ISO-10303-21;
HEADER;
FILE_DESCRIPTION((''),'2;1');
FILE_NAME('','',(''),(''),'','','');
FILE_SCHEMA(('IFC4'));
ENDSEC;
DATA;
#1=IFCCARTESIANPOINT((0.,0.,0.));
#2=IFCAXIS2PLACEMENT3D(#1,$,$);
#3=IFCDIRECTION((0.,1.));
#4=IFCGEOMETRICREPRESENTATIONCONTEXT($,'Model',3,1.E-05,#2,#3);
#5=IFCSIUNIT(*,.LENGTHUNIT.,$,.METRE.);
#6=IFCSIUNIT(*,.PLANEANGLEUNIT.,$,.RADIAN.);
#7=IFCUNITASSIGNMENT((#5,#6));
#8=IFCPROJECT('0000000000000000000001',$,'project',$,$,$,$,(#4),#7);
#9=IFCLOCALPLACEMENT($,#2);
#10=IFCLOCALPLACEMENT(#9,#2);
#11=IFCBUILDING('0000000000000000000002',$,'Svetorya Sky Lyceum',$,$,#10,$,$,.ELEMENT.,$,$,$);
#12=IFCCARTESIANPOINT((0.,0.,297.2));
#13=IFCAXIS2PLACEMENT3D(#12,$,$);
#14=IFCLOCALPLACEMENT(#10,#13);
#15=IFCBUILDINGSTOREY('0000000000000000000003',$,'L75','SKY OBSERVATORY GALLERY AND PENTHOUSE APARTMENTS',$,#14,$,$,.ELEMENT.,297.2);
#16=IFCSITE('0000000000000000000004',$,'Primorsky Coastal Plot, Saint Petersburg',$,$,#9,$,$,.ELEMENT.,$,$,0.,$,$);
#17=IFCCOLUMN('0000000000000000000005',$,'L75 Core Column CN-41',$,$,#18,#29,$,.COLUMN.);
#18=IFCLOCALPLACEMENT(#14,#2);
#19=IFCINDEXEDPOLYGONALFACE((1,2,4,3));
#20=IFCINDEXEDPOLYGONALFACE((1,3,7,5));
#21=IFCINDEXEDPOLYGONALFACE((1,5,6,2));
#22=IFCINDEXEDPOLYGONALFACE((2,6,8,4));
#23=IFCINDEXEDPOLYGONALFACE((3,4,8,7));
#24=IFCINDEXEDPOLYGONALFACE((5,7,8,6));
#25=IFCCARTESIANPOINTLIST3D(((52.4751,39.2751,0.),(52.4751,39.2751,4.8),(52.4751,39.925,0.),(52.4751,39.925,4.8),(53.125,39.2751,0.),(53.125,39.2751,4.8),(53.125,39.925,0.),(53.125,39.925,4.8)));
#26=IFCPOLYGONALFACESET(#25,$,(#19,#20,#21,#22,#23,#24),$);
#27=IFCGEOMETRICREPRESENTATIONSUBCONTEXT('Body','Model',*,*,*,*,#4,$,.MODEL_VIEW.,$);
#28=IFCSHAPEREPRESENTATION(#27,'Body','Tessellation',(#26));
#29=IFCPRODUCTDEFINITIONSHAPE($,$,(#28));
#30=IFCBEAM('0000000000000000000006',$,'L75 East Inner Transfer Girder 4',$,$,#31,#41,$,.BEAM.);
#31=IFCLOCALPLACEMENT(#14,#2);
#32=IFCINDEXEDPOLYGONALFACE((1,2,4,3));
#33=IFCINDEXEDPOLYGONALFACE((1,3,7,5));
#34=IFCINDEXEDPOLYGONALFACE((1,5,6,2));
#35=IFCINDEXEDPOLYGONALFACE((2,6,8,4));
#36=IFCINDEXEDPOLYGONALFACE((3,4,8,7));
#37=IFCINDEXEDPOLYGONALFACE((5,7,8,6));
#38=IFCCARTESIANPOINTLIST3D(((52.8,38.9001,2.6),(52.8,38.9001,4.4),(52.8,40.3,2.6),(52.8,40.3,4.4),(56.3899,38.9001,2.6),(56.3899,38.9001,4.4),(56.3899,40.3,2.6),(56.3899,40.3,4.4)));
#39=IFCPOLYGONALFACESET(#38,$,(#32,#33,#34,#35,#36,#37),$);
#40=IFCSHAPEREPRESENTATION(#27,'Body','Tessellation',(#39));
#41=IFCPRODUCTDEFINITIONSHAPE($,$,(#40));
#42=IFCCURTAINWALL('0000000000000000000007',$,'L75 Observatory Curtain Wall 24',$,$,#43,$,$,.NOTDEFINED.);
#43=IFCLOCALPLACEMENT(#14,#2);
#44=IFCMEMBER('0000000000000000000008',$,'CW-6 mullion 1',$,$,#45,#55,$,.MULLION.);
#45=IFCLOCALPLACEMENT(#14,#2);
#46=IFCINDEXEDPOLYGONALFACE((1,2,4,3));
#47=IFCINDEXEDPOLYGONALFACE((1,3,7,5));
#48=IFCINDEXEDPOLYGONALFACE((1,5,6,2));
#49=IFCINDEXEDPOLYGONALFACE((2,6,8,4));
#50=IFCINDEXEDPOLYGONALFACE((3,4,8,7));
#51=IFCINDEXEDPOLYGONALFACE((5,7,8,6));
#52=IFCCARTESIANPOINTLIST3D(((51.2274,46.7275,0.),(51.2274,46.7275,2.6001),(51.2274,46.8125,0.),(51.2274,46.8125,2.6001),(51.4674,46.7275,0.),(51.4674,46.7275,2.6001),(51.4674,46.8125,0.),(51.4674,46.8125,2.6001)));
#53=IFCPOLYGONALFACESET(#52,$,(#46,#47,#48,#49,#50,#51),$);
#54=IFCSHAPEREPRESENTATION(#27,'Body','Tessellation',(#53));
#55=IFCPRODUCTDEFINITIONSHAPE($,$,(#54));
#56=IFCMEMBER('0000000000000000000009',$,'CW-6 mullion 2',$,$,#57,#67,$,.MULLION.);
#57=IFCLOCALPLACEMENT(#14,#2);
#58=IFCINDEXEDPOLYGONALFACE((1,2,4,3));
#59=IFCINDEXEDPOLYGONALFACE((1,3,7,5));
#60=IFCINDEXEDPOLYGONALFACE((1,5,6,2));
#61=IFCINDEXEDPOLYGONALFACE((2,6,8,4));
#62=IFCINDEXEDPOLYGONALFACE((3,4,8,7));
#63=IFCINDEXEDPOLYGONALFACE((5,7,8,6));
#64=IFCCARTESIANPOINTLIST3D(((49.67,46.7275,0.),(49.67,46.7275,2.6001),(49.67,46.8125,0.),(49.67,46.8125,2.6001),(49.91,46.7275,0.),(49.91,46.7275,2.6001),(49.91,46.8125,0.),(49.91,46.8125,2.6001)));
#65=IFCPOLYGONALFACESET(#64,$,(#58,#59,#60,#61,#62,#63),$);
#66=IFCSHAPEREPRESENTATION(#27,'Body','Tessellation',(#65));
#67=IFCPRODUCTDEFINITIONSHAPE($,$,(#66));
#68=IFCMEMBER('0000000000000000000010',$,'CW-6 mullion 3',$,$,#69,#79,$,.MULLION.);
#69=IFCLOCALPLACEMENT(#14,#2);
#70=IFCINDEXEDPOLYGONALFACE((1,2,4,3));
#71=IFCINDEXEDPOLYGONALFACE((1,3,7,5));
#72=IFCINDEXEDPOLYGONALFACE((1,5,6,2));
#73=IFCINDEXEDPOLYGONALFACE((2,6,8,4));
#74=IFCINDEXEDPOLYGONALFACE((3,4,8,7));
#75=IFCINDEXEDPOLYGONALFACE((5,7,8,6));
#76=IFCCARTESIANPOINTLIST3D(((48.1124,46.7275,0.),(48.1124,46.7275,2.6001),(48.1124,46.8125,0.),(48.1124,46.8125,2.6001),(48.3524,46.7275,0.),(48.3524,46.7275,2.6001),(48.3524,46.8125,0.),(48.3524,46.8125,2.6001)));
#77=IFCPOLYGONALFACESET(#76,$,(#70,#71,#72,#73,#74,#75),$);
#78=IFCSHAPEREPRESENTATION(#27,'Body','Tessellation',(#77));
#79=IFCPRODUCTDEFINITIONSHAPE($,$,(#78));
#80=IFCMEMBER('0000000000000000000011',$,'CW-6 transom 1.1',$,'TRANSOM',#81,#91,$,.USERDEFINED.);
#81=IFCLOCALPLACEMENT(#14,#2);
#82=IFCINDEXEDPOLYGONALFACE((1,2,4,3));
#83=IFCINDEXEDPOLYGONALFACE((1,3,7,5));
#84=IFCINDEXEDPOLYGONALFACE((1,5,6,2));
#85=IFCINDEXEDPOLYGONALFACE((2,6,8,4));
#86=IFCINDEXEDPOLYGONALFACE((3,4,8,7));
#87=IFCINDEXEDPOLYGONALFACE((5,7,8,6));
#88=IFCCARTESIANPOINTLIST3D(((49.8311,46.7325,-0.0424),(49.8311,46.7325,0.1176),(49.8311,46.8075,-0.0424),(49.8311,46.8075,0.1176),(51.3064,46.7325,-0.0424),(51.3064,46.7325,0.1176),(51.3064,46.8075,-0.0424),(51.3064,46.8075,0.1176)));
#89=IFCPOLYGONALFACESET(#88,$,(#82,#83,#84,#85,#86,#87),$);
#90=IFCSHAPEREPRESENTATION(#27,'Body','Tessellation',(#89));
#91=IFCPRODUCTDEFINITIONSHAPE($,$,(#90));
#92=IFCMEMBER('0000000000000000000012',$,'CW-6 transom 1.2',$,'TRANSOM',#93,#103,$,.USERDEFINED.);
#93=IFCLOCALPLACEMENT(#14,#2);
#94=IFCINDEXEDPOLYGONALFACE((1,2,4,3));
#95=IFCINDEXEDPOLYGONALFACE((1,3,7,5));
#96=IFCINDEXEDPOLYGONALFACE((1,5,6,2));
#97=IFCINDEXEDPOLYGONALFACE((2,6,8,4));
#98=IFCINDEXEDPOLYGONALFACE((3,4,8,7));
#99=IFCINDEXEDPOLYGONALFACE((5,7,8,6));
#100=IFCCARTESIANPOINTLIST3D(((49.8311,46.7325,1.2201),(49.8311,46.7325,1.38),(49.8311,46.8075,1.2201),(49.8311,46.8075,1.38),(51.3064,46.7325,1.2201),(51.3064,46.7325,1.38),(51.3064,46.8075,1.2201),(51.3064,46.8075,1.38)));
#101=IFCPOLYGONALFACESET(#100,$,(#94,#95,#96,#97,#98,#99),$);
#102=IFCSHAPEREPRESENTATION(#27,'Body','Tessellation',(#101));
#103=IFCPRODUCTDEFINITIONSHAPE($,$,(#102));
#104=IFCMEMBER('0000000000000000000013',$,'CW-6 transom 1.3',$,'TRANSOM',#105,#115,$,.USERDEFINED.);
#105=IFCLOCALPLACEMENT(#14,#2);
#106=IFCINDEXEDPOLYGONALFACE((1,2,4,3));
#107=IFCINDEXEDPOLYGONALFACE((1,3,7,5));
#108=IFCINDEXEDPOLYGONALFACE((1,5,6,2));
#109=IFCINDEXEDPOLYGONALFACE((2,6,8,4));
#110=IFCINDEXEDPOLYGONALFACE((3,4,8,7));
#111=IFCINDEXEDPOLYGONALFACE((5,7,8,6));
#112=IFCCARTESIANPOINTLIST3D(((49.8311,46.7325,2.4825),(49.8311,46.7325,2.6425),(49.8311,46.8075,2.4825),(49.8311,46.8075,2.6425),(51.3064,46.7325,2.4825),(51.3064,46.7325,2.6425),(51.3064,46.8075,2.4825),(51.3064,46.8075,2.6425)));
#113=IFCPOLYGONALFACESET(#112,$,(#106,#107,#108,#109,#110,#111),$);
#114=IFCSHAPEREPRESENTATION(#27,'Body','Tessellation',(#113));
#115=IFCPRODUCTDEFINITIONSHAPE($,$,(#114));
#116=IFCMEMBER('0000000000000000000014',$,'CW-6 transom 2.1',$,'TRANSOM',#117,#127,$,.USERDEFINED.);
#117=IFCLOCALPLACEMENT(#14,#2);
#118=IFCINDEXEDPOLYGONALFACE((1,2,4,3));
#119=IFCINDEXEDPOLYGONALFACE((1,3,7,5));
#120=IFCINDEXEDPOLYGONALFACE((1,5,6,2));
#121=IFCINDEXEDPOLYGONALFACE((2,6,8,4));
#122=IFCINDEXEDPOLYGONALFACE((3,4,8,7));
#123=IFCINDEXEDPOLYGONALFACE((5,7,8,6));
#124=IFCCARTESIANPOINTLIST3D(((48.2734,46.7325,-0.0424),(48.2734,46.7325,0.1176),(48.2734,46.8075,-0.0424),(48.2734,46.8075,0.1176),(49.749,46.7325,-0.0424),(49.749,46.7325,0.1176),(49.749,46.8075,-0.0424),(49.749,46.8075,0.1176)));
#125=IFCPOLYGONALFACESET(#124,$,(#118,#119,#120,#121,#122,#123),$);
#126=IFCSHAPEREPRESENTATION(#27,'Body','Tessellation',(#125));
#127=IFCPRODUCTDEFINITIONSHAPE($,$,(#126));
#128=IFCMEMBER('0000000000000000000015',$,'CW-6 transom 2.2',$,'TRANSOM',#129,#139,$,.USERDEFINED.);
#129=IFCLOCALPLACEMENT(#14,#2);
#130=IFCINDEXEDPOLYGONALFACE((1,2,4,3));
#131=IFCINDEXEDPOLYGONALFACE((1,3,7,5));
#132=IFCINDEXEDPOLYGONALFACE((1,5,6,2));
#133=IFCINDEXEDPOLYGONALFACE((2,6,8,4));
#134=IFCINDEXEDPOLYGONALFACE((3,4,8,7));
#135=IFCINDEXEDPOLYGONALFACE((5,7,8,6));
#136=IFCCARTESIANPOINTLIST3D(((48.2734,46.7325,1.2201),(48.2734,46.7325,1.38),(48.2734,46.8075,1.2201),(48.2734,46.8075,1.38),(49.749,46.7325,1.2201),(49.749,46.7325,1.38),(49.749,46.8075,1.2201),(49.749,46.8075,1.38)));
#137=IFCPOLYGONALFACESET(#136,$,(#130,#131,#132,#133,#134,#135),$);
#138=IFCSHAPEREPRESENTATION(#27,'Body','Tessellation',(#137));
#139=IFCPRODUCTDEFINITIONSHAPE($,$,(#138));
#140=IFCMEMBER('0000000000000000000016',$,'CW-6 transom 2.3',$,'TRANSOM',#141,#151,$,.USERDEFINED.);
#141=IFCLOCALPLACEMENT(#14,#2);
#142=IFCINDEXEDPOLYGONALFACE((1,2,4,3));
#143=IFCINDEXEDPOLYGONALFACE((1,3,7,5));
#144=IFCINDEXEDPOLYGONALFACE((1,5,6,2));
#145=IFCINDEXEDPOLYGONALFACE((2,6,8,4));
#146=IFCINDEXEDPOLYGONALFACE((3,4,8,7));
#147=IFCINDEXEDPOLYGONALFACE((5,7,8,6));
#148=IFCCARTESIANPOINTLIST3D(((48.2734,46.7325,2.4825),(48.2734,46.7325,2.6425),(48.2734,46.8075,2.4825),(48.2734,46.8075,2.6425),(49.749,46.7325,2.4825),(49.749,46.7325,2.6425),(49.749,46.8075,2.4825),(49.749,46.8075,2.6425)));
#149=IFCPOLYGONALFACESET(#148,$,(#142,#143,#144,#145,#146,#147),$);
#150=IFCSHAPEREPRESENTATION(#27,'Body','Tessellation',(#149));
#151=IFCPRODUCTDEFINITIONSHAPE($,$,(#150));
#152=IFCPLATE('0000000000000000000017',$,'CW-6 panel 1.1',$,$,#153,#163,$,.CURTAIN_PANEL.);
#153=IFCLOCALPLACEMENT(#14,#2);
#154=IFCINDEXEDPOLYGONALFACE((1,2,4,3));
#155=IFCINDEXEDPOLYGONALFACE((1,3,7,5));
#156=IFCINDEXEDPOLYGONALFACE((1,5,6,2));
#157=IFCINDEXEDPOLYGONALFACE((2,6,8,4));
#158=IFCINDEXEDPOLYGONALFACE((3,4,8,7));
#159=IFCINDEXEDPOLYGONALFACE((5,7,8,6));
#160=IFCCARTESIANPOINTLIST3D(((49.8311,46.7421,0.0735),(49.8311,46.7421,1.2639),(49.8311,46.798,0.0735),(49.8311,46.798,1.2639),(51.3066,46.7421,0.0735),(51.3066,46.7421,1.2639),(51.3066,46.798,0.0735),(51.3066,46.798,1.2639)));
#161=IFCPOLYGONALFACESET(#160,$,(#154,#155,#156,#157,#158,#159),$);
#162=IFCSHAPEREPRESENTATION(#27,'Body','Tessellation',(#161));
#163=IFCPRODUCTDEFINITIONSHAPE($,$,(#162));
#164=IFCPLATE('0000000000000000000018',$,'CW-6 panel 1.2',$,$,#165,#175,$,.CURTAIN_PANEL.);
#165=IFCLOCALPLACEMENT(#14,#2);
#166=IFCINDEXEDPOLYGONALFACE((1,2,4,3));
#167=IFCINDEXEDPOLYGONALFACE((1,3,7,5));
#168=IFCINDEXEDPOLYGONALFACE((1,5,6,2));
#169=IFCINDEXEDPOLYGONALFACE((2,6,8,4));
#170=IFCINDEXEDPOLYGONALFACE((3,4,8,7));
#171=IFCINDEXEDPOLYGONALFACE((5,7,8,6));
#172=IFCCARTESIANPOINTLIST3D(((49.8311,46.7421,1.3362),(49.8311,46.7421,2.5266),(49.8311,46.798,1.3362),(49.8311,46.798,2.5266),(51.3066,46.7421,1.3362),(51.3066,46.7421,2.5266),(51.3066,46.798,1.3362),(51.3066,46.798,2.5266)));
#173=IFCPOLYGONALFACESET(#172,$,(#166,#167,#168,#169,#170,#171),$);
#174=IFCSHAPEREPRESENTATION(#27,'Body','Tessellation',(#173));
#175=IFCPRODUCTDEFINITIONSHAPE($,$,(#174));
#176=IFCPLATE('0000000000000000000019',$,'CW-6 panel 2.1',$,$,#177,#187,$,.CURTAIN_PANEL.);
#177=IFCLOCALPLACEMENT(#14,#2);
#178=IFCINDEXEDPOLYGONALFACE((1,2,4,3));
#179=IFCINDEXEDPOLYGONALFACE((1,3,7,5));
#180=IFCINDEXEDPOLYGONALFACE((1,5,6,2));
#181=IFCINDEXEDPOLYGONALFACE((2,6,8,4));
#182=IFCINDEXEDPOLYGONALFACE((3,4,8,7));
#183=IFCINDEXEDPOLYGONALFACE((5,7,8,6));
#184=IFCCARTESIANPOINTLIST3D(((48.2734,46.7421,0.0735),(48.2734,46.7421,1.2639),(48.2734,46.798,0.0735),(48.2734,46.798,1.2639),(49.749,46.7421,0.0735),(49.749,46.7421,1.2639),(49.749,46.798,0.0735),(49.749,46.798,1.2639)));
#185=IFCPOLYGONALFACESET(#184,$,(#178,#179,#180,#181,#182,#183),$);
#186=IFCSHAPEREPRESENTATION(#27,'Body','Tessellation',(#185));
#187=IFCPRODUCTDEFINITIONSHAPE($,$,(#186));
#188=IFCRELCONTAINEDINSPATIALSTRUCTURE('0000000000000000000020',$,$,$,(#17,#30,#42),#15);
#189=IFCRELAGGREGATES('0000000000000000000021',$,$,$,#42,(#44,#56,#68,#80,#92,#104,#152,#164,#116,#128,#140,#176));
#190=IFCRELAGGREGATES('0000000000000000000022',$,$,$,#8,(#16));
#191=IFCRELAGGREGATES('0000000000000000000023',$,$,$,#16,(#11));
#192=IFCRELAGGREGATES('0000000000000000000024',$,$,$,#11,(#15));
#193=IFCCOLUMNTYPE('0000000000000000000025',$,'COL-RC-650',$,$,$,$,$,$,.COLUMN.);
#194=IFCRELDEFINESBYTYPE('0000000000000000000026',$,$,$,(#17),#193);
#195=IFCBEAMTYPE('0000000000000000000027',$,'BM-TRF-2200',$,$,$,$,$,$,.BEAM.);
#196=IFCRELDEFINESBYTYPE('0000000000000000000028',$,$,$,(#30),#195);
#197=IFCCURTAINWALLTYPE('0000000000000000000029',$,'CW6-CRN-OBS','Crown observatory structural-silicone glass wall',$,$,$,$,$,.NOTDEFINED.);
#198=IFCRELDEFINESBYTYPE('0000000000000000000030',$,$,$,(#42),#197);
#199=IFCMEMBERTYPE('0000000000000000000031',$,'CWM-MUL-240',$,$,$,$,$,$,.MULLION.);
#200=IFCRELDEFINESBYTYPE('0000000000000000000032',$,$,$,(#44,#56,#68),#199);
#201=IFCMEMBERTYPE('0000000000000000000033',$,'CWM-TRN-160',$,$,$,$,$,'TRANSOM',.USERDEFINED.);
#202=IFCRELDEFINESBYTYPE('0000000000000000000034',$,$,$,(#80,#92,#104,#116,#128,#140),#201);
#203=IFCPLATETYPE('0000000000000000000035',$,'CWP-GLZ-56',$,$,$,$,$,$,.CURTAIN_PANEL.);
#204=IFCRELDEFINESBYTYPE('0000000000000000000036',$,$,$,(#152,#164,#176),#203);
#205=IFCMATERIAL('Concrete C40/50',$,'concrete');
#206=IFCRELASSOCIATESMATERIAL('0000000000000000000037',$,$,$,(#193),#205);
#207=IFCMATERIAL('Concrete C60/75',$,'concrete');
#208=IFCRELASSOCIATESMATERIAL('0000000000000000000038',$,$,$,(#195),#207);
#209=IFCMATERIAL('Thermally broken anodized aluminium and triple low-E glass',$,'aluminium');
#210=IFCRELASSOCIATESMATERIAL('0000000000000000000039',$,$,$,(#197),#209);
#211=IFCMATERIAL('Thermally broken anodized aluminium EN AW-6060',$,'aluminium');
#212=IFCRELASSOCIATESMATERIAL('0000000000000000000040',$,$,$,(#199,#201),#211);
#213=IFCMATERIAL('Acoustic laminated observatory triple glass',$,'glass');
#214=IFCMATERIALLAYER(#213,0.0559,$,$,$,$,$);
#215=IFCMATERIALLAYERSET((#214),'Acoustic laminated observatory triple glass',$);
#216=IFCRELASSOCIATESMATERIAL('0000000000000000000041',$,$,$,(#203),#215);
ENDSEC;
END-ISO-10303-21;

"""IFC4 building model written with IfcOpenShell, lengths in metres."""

from ifc_helpers import new_model, si_unit, direction, frame, origin, origin_2d, place, context, subcontext, project, spatial, rectangle, extrude, material, layer, layer_set, material_profile, profile_set, type_object, element, aggregate, save


model = new_model("IFC4")

# Units and contexts
model_context = context("Model", 3, precision=1e-05, world=origin(), true_north=direction((0.0, 1.0)))
body_context = subcontext(model_context, "Body", "Model", "MODEL_VIEW")
ifc_project = project(units=[si_unit("LENGTHUNIT", "METRE"), si_unit("PLANEANGLEUNIT", "RADIAN")], contexts=[model_context])

# Site, building, storey
site_placement = place(None, origin())
site = spatial("IfcSite", under=ifc_project, at=site_placement, Name="Primorsky Coastal Plot, Saint Petersburg", CompositionType="ELEMENT", RefElevation=0.0)
building_placement = place(site_placement, origin())
building = spatial("IfcBuilding", under=site, at=building_placement, Name="Svetorya Sky Lyceum", CompositionType="ELEMENT")
storey_placement = place(building_placement, frame((0.0, 0.0, 297.2)))
storey = spatial("IfcBuildingStorey", under=building, at=storey_placement, Name="L75", Description="SKY OBSERVATORY GALLERY AND PENTHOUSE APARTMENTS", CompositionType="ELEMENT", Elevation=297.2)

# Column
ifc_material_1 = material(Name="Concrete C40/50", Category="concrete")
ifc_material_profile_1 = material_profile(ifc_material_1, rectangle(XDim=0.6499, YDim=0.6499, at=origin_2d()), Name="RC COL 650x650")
ifc_profile_set_1 = profile_set([ifc_material_profile_1], Name="Concrete C40/50")
column_type = type_object("IfcColumnType", Name="COL-RC-650", PredefinedType="COLUMN", material=ifc_profile_set_1)
column_placement = place(storey_placement, frame((52.8, 39.6001, 0.0), z_axis=(0.0, 0.0, 1.0), x_axis=(1.0, 0.0, 0.0)))
element("IfcColumn", 1, at=column_placement, inside=storey, type_object=column_type, Name="L75 Core Column CN-41", PredefinedType="COLUMN", context=body_context, shape_type="SweptSolid", body=[
    extrude(rectangle(XDim=0.6499, YDim=0.6499, at=origin_2d()), origin(), (0.0, 0.0, 1.0), 4.8),
])

# Beam
ifc_material_2 = material(Name="Concrete C60/75", Category="concrete")
ifc_material_profile_2 = material_profile(ifc_material_2, rectangle(XDim=1.3999, YDim=1.8, at=origin_2d()), Name="RC TRANSFER 1400x1800")
ifc_profile_set_2 = profile_set([ifc_material_profile_2], Name="Concrete C60/75")
beam_type = type_object("IfcBeamType", Name="BM-TRF-2200", PredefinedType="BEAM", material=ifc_profile_set_2)
beam_placement = place(storey_placement, frame((52.8, 39.6001, 3.5), z_axis=(1.0, 0.0, 0.0), x_axis=(0.0, 1.0, 0.0)))
element("IfcBeam", 2, at=beam_placement, inside=storey, type_object=beam_type, Name="L75 East Inner Transfer Girder 4", PredefinedType="BEAM", context=body_context, shape_type="SweptSolid", body=[
    extrude(rectangle(XDim=1.3999, YDim=1.8, at=origin_2d()), origin(), (0.0, 0.0, 1.0), 3.5898),
])

# Curtain wall, members, plates
ifc_material_3 = material(Name="Thermally broken anodized aluminium and triple low-E glass", Category="aluminium")
curtain_wall_type = type_object("IfcCurtainWallType", Name="CW6-CRN-OBS", Description="Crown observatory structural-silicone glass wall", PredefinedType="NOTDEFINED", material=ifc_material_3)
curtain_wall_placement = place(storey_placement, origin())
curtain_wall = element("IfcCurtainWall", 3, at=curtain_wall_placement, inside=storey, type_object=curtain_wall_type, Name="L75 Observatory Curtain Wall 24", PredefinedType="NOTDEFINED")
ifc_material_4 = material(Name="Thermally broken anodized aluminium EN AW-6060", Category="aluminium")
ifc_material_profile_3 = material_profile(ifc_material_4, rectangle(XDim=0.085, YDim=0.24, at=origin_2d()), Name="ALU MULLION 85x240")
ifc_profile_set_3 = profile_set([ifc_material_profile_3], Name="Thermally broken anodized aluminium EN AW-6060")
member_type_1 = type_object("IfcMemberType", Name="CWM-MUL-240", PredefinedType="MULLION", material=ifc_profile_set_3)
member_1_placement = place(storey_placement, frame((51.3474, 46.77, 0.0), z_axis=(0.0, 0.0, 1.0), x_axis=(0.0, -1.0, 0.0)))
member_1 = element("IfcMember", 4, at=member_1_placement, type_object=member_type_1, Name="CW-6 mullion 1", PredefinedType="MULLION", context=body_context, shape_type="SweptSolid", body=[
    extrude(rectangle(XDim=0.085, YDim=0.24, at=origin_2d()), origin(), (0.0, 0.0, 1.0), 2.6001),
])
member_2_placement = place(storey_placement, frame((49.79, 46.77, 0.0), z_axis=(0.0, 0.0, 1.0), x_axis=(0.0, -1.0, 0.0)))
member_2 = element("IfcMember", 5, at=member_2_placement, type_object=member_type_1, Name="CW-6 mullion 2", PredefinedType="MULLION", context=body_context, shape_type="SweptSolid", body=[
    extrude(rectangle(XDim=0.085, YDim=0.24, at=origin_2d()), origin(), (0.0, 0.0, 1.0), 2.6001),
])
member_3_placement = place(storey_placement, frame((48.2324, 46.77, 0.0), z_axis=(0.0, 0.0, 1.0), x_axis=(0.0, -1.0, 0.0)))
member_3 = element("IfcMember", 6, at=member_3_placement, type_object=member_type_1, Name="CW-6 mullion 3", PredefinedType="MULLION", context=body_context, shape_type="SweptSolid", body=[
    extrude(rectangle(XDim=0.085, YDim=0.24, at=origin_2d()), origin(), (0.0, 0.0, 1.0), 2.6001),
])
ifc_material_profile_4 = material_profile(ifc_material_4, rectangle(XDim=0.075, YDim=0.1599, at=origin_2d()), Name="ALU TRANSOM 75x160")
ifc_profile_set_4 = profile_set([ifc_material_profile_4], Name="Thermally broken anodized aluminium EN AW-6060")
member_type_2 = type_object("IfcMemberType", Name="CWM-TRN-160", ElementType="TRANSOM", PredefinedType="USERDEFINED", material=ifc_profile_set_4)
member_4_placement = place(storey_placement, frame((51.3064, 46.77, 0.0376), z_axis=(-1.0, 0.0, 0.0), x_axis=(0.0, -1.0, 0.0)))
member_4 = element("IfcMember", 7, at=member_4_placement, type_object=member_type_2, Name="CW-6 transom 1.1", ObjectType="TRANSOM", PredefinedType="USERDEFINED", context=body_context, shape_type="SweptSolid", body=[
    extrude(rectangle(XDim=0.075, YDim=0.1599, at=origin_2d()), origin(), (0.0, 0.0, 1.0), 1.4753),
])
member_5_placement = place(storey_placement, frame((51.3064, 46.77, 1.3), z_axis=(-1.0, 0.0, 0.0), x_axis=(0.0, -1.0, 0.0)))
member_5 = element("IfcMember", 8, at=member_5_placement, type_object=member_type_2, Name="CW-6 transom 1.2", ObjectType="TRANSOM", PredefinedType="USERDEFINED", context=body_context, shape_type="SweptSolid", body=[
    extrude(rectangle(XDim=0.075, YDim=0.1599, at=origin_2d()), origin(), (0.0, 0.0, 1.0), 1.4753),
])
member_6_placement = place(storey_placement, frame((51.3064, 46.77, 2.5625), z_axis=(-1.0, 0.0, 0.0), x_axis=(0.0, -1.0, 0.0)))
member_6 = element("IfcMember", 9, at=member_6_placement, type_object=member_type_2, Name="CW-6 transom 1.3", ObjectType="TRANSOM", PredefinedType="USERDEFINED", context=body_context, shape_type="SweptSolid", body=[
    extrude(rectangle(XDim=0.075, YDim=0.1599, at=origin_2d()), origin(), (0.0, 0.0, 1.0), 1.4753),
])
member_7_placement = place(storey_placement, frame((49.749, 46.77, 0.0376), z_axis=(-1.0, 0.0, 0.0), x_axis=(0.0, -1.0, 0.0)))
member_7 = element("IfcMember", 10, at=member_7_placement, type_object=member_type_2, Name="CW-6 transom 2.1", ObjectType="TRANSOM", PredefinedType="USERDEFINED", context=body_context, shape_type="SweptSolid", body=[
    extrude(rectangle(XDim=0.075, YDim=0.1599, at=origin_2d()), origin(), (0.0, 0.0, 1.0), 1.4756),
])
member_8_placement = place(storey_placement, frame((49.749, 46.77, 1.3), z_axis=(-1.0, 0.0, 0.0), x_axis=(0.0, -1.0, 0.0)))
member_8 = element("IfcMember", 11, at=member_8_placement, type_object=member_type_2, Name="CW-6 transom 2.2", ObjectType="TRANSOM", PredefinedType="USERDEFINED", context=body_context, shape_type="SweptSolid", body=[
    extrude(rectangle(XDim=0.075, YDim=0.1599, at=origin_2d()), origin(), (0.0, 0.0, 1.0), 1.4756),
])
member_9_placement = place(storey_placement, frame((49.749, 46.77, 2.5625), z_axis=(-1.0, 0.0, 0.0), x_axis=(0.0, -1.0, 0.0)))
member_9 = element("IfcMember", 12, at=member_9_placement, type_object=member_type_2, Name="CW-6 transom 2.3", ObjectType="TRANSOM", PredefinedType="USERDEFINED", context=body_context, shape_type="SweptSolid", body=[
    extrude(rectangle(XDim=0.075, YDim=0.1599, at=origin_2d()), origin(), (0.0, 0.0, 1.0), 1.4756),
])
ifc_material_5 = material(Name="Acoustic laminated observatory triple glass", Category="glass")
ifc_layer_1 = layer(ifc_material_5, 0.0559)
ifc_layer_set_1 = layer_set([ifc_layer_1], Name="Acoustic laminated observatory triple glass")
plate_type = type_object("IfcPlateType", Name="CWP-GLZ-56", PredefinedType="CURTAIN_PANEL", material=ifc_layer_set_1)
plate_1_placement = place(storey_placement, frame((50.5688, 46.77, 0.0735), z_axis=(0.0, 0.0, 1.0), x_axis=(-1.0, 0.0, 0.0)))
plate_1 = element("IfcPlate", 13, at=plate_1_placement, type_object=plate_type, Name="CW-6 panel 1.1", PredefinedType="CURTAIN_PANEL", context=body_context, shape_type="SweptSolid", body=[
    extrude(rectangle(XDim=1.4756, YDim=0.0559, at=origin_2d()), origin(), (0.0, 0.0, 1.0), 1.1904),
])
plate_2_placement = place(storey_placement, frame((50.5688, 46.77, 1.3362), z_axis=(0.0, 0.0, 1.0), x_axis=(-1.0, 0.0, 0.0)))
plate_2 = element("IfcPlate", 14, at=plate_2_placement, type_object=plate_type, Name="CW-6 panel 1.2", PredefinedType="CURTAIN_PANEL", context=body_context, shape_type="SweptSolid", body=[
    extrude(rectangle(XDim=1.4756, YDim=0.0559, at=origin_2d()), origin(), (0.0, 0.0, 1.0), 1.1904),
])
plate_3_placement = place(storey_placement, frame((49.0112, 46.77, 0.0735), z_axis=(0.0, 0.0, 1.0), x_axis=(-1.0, 0.0, 0.0)))
plate_3 = element("IfcPlate", 15, at=plate_3_placement, type_object=plate_type, Name="CW-6 panel 2.1", PredefinedType="CURTAIN_PANEL", context=body_context, shape_type="SweptSolid", body=[
    extrude(rectangle(XDim=1.4756, YDim=0.0559, at=origin_2d()), origin(), (0.0, 0.0, 1.0), 1.1904),
])
aggregate(curtain_wall, [member_1, member_2, member_3, member_4, member_5, member_6, plate_1, plate_2, member_7, member_8, member_9, plate_3])

save(model, "model.ifc")
